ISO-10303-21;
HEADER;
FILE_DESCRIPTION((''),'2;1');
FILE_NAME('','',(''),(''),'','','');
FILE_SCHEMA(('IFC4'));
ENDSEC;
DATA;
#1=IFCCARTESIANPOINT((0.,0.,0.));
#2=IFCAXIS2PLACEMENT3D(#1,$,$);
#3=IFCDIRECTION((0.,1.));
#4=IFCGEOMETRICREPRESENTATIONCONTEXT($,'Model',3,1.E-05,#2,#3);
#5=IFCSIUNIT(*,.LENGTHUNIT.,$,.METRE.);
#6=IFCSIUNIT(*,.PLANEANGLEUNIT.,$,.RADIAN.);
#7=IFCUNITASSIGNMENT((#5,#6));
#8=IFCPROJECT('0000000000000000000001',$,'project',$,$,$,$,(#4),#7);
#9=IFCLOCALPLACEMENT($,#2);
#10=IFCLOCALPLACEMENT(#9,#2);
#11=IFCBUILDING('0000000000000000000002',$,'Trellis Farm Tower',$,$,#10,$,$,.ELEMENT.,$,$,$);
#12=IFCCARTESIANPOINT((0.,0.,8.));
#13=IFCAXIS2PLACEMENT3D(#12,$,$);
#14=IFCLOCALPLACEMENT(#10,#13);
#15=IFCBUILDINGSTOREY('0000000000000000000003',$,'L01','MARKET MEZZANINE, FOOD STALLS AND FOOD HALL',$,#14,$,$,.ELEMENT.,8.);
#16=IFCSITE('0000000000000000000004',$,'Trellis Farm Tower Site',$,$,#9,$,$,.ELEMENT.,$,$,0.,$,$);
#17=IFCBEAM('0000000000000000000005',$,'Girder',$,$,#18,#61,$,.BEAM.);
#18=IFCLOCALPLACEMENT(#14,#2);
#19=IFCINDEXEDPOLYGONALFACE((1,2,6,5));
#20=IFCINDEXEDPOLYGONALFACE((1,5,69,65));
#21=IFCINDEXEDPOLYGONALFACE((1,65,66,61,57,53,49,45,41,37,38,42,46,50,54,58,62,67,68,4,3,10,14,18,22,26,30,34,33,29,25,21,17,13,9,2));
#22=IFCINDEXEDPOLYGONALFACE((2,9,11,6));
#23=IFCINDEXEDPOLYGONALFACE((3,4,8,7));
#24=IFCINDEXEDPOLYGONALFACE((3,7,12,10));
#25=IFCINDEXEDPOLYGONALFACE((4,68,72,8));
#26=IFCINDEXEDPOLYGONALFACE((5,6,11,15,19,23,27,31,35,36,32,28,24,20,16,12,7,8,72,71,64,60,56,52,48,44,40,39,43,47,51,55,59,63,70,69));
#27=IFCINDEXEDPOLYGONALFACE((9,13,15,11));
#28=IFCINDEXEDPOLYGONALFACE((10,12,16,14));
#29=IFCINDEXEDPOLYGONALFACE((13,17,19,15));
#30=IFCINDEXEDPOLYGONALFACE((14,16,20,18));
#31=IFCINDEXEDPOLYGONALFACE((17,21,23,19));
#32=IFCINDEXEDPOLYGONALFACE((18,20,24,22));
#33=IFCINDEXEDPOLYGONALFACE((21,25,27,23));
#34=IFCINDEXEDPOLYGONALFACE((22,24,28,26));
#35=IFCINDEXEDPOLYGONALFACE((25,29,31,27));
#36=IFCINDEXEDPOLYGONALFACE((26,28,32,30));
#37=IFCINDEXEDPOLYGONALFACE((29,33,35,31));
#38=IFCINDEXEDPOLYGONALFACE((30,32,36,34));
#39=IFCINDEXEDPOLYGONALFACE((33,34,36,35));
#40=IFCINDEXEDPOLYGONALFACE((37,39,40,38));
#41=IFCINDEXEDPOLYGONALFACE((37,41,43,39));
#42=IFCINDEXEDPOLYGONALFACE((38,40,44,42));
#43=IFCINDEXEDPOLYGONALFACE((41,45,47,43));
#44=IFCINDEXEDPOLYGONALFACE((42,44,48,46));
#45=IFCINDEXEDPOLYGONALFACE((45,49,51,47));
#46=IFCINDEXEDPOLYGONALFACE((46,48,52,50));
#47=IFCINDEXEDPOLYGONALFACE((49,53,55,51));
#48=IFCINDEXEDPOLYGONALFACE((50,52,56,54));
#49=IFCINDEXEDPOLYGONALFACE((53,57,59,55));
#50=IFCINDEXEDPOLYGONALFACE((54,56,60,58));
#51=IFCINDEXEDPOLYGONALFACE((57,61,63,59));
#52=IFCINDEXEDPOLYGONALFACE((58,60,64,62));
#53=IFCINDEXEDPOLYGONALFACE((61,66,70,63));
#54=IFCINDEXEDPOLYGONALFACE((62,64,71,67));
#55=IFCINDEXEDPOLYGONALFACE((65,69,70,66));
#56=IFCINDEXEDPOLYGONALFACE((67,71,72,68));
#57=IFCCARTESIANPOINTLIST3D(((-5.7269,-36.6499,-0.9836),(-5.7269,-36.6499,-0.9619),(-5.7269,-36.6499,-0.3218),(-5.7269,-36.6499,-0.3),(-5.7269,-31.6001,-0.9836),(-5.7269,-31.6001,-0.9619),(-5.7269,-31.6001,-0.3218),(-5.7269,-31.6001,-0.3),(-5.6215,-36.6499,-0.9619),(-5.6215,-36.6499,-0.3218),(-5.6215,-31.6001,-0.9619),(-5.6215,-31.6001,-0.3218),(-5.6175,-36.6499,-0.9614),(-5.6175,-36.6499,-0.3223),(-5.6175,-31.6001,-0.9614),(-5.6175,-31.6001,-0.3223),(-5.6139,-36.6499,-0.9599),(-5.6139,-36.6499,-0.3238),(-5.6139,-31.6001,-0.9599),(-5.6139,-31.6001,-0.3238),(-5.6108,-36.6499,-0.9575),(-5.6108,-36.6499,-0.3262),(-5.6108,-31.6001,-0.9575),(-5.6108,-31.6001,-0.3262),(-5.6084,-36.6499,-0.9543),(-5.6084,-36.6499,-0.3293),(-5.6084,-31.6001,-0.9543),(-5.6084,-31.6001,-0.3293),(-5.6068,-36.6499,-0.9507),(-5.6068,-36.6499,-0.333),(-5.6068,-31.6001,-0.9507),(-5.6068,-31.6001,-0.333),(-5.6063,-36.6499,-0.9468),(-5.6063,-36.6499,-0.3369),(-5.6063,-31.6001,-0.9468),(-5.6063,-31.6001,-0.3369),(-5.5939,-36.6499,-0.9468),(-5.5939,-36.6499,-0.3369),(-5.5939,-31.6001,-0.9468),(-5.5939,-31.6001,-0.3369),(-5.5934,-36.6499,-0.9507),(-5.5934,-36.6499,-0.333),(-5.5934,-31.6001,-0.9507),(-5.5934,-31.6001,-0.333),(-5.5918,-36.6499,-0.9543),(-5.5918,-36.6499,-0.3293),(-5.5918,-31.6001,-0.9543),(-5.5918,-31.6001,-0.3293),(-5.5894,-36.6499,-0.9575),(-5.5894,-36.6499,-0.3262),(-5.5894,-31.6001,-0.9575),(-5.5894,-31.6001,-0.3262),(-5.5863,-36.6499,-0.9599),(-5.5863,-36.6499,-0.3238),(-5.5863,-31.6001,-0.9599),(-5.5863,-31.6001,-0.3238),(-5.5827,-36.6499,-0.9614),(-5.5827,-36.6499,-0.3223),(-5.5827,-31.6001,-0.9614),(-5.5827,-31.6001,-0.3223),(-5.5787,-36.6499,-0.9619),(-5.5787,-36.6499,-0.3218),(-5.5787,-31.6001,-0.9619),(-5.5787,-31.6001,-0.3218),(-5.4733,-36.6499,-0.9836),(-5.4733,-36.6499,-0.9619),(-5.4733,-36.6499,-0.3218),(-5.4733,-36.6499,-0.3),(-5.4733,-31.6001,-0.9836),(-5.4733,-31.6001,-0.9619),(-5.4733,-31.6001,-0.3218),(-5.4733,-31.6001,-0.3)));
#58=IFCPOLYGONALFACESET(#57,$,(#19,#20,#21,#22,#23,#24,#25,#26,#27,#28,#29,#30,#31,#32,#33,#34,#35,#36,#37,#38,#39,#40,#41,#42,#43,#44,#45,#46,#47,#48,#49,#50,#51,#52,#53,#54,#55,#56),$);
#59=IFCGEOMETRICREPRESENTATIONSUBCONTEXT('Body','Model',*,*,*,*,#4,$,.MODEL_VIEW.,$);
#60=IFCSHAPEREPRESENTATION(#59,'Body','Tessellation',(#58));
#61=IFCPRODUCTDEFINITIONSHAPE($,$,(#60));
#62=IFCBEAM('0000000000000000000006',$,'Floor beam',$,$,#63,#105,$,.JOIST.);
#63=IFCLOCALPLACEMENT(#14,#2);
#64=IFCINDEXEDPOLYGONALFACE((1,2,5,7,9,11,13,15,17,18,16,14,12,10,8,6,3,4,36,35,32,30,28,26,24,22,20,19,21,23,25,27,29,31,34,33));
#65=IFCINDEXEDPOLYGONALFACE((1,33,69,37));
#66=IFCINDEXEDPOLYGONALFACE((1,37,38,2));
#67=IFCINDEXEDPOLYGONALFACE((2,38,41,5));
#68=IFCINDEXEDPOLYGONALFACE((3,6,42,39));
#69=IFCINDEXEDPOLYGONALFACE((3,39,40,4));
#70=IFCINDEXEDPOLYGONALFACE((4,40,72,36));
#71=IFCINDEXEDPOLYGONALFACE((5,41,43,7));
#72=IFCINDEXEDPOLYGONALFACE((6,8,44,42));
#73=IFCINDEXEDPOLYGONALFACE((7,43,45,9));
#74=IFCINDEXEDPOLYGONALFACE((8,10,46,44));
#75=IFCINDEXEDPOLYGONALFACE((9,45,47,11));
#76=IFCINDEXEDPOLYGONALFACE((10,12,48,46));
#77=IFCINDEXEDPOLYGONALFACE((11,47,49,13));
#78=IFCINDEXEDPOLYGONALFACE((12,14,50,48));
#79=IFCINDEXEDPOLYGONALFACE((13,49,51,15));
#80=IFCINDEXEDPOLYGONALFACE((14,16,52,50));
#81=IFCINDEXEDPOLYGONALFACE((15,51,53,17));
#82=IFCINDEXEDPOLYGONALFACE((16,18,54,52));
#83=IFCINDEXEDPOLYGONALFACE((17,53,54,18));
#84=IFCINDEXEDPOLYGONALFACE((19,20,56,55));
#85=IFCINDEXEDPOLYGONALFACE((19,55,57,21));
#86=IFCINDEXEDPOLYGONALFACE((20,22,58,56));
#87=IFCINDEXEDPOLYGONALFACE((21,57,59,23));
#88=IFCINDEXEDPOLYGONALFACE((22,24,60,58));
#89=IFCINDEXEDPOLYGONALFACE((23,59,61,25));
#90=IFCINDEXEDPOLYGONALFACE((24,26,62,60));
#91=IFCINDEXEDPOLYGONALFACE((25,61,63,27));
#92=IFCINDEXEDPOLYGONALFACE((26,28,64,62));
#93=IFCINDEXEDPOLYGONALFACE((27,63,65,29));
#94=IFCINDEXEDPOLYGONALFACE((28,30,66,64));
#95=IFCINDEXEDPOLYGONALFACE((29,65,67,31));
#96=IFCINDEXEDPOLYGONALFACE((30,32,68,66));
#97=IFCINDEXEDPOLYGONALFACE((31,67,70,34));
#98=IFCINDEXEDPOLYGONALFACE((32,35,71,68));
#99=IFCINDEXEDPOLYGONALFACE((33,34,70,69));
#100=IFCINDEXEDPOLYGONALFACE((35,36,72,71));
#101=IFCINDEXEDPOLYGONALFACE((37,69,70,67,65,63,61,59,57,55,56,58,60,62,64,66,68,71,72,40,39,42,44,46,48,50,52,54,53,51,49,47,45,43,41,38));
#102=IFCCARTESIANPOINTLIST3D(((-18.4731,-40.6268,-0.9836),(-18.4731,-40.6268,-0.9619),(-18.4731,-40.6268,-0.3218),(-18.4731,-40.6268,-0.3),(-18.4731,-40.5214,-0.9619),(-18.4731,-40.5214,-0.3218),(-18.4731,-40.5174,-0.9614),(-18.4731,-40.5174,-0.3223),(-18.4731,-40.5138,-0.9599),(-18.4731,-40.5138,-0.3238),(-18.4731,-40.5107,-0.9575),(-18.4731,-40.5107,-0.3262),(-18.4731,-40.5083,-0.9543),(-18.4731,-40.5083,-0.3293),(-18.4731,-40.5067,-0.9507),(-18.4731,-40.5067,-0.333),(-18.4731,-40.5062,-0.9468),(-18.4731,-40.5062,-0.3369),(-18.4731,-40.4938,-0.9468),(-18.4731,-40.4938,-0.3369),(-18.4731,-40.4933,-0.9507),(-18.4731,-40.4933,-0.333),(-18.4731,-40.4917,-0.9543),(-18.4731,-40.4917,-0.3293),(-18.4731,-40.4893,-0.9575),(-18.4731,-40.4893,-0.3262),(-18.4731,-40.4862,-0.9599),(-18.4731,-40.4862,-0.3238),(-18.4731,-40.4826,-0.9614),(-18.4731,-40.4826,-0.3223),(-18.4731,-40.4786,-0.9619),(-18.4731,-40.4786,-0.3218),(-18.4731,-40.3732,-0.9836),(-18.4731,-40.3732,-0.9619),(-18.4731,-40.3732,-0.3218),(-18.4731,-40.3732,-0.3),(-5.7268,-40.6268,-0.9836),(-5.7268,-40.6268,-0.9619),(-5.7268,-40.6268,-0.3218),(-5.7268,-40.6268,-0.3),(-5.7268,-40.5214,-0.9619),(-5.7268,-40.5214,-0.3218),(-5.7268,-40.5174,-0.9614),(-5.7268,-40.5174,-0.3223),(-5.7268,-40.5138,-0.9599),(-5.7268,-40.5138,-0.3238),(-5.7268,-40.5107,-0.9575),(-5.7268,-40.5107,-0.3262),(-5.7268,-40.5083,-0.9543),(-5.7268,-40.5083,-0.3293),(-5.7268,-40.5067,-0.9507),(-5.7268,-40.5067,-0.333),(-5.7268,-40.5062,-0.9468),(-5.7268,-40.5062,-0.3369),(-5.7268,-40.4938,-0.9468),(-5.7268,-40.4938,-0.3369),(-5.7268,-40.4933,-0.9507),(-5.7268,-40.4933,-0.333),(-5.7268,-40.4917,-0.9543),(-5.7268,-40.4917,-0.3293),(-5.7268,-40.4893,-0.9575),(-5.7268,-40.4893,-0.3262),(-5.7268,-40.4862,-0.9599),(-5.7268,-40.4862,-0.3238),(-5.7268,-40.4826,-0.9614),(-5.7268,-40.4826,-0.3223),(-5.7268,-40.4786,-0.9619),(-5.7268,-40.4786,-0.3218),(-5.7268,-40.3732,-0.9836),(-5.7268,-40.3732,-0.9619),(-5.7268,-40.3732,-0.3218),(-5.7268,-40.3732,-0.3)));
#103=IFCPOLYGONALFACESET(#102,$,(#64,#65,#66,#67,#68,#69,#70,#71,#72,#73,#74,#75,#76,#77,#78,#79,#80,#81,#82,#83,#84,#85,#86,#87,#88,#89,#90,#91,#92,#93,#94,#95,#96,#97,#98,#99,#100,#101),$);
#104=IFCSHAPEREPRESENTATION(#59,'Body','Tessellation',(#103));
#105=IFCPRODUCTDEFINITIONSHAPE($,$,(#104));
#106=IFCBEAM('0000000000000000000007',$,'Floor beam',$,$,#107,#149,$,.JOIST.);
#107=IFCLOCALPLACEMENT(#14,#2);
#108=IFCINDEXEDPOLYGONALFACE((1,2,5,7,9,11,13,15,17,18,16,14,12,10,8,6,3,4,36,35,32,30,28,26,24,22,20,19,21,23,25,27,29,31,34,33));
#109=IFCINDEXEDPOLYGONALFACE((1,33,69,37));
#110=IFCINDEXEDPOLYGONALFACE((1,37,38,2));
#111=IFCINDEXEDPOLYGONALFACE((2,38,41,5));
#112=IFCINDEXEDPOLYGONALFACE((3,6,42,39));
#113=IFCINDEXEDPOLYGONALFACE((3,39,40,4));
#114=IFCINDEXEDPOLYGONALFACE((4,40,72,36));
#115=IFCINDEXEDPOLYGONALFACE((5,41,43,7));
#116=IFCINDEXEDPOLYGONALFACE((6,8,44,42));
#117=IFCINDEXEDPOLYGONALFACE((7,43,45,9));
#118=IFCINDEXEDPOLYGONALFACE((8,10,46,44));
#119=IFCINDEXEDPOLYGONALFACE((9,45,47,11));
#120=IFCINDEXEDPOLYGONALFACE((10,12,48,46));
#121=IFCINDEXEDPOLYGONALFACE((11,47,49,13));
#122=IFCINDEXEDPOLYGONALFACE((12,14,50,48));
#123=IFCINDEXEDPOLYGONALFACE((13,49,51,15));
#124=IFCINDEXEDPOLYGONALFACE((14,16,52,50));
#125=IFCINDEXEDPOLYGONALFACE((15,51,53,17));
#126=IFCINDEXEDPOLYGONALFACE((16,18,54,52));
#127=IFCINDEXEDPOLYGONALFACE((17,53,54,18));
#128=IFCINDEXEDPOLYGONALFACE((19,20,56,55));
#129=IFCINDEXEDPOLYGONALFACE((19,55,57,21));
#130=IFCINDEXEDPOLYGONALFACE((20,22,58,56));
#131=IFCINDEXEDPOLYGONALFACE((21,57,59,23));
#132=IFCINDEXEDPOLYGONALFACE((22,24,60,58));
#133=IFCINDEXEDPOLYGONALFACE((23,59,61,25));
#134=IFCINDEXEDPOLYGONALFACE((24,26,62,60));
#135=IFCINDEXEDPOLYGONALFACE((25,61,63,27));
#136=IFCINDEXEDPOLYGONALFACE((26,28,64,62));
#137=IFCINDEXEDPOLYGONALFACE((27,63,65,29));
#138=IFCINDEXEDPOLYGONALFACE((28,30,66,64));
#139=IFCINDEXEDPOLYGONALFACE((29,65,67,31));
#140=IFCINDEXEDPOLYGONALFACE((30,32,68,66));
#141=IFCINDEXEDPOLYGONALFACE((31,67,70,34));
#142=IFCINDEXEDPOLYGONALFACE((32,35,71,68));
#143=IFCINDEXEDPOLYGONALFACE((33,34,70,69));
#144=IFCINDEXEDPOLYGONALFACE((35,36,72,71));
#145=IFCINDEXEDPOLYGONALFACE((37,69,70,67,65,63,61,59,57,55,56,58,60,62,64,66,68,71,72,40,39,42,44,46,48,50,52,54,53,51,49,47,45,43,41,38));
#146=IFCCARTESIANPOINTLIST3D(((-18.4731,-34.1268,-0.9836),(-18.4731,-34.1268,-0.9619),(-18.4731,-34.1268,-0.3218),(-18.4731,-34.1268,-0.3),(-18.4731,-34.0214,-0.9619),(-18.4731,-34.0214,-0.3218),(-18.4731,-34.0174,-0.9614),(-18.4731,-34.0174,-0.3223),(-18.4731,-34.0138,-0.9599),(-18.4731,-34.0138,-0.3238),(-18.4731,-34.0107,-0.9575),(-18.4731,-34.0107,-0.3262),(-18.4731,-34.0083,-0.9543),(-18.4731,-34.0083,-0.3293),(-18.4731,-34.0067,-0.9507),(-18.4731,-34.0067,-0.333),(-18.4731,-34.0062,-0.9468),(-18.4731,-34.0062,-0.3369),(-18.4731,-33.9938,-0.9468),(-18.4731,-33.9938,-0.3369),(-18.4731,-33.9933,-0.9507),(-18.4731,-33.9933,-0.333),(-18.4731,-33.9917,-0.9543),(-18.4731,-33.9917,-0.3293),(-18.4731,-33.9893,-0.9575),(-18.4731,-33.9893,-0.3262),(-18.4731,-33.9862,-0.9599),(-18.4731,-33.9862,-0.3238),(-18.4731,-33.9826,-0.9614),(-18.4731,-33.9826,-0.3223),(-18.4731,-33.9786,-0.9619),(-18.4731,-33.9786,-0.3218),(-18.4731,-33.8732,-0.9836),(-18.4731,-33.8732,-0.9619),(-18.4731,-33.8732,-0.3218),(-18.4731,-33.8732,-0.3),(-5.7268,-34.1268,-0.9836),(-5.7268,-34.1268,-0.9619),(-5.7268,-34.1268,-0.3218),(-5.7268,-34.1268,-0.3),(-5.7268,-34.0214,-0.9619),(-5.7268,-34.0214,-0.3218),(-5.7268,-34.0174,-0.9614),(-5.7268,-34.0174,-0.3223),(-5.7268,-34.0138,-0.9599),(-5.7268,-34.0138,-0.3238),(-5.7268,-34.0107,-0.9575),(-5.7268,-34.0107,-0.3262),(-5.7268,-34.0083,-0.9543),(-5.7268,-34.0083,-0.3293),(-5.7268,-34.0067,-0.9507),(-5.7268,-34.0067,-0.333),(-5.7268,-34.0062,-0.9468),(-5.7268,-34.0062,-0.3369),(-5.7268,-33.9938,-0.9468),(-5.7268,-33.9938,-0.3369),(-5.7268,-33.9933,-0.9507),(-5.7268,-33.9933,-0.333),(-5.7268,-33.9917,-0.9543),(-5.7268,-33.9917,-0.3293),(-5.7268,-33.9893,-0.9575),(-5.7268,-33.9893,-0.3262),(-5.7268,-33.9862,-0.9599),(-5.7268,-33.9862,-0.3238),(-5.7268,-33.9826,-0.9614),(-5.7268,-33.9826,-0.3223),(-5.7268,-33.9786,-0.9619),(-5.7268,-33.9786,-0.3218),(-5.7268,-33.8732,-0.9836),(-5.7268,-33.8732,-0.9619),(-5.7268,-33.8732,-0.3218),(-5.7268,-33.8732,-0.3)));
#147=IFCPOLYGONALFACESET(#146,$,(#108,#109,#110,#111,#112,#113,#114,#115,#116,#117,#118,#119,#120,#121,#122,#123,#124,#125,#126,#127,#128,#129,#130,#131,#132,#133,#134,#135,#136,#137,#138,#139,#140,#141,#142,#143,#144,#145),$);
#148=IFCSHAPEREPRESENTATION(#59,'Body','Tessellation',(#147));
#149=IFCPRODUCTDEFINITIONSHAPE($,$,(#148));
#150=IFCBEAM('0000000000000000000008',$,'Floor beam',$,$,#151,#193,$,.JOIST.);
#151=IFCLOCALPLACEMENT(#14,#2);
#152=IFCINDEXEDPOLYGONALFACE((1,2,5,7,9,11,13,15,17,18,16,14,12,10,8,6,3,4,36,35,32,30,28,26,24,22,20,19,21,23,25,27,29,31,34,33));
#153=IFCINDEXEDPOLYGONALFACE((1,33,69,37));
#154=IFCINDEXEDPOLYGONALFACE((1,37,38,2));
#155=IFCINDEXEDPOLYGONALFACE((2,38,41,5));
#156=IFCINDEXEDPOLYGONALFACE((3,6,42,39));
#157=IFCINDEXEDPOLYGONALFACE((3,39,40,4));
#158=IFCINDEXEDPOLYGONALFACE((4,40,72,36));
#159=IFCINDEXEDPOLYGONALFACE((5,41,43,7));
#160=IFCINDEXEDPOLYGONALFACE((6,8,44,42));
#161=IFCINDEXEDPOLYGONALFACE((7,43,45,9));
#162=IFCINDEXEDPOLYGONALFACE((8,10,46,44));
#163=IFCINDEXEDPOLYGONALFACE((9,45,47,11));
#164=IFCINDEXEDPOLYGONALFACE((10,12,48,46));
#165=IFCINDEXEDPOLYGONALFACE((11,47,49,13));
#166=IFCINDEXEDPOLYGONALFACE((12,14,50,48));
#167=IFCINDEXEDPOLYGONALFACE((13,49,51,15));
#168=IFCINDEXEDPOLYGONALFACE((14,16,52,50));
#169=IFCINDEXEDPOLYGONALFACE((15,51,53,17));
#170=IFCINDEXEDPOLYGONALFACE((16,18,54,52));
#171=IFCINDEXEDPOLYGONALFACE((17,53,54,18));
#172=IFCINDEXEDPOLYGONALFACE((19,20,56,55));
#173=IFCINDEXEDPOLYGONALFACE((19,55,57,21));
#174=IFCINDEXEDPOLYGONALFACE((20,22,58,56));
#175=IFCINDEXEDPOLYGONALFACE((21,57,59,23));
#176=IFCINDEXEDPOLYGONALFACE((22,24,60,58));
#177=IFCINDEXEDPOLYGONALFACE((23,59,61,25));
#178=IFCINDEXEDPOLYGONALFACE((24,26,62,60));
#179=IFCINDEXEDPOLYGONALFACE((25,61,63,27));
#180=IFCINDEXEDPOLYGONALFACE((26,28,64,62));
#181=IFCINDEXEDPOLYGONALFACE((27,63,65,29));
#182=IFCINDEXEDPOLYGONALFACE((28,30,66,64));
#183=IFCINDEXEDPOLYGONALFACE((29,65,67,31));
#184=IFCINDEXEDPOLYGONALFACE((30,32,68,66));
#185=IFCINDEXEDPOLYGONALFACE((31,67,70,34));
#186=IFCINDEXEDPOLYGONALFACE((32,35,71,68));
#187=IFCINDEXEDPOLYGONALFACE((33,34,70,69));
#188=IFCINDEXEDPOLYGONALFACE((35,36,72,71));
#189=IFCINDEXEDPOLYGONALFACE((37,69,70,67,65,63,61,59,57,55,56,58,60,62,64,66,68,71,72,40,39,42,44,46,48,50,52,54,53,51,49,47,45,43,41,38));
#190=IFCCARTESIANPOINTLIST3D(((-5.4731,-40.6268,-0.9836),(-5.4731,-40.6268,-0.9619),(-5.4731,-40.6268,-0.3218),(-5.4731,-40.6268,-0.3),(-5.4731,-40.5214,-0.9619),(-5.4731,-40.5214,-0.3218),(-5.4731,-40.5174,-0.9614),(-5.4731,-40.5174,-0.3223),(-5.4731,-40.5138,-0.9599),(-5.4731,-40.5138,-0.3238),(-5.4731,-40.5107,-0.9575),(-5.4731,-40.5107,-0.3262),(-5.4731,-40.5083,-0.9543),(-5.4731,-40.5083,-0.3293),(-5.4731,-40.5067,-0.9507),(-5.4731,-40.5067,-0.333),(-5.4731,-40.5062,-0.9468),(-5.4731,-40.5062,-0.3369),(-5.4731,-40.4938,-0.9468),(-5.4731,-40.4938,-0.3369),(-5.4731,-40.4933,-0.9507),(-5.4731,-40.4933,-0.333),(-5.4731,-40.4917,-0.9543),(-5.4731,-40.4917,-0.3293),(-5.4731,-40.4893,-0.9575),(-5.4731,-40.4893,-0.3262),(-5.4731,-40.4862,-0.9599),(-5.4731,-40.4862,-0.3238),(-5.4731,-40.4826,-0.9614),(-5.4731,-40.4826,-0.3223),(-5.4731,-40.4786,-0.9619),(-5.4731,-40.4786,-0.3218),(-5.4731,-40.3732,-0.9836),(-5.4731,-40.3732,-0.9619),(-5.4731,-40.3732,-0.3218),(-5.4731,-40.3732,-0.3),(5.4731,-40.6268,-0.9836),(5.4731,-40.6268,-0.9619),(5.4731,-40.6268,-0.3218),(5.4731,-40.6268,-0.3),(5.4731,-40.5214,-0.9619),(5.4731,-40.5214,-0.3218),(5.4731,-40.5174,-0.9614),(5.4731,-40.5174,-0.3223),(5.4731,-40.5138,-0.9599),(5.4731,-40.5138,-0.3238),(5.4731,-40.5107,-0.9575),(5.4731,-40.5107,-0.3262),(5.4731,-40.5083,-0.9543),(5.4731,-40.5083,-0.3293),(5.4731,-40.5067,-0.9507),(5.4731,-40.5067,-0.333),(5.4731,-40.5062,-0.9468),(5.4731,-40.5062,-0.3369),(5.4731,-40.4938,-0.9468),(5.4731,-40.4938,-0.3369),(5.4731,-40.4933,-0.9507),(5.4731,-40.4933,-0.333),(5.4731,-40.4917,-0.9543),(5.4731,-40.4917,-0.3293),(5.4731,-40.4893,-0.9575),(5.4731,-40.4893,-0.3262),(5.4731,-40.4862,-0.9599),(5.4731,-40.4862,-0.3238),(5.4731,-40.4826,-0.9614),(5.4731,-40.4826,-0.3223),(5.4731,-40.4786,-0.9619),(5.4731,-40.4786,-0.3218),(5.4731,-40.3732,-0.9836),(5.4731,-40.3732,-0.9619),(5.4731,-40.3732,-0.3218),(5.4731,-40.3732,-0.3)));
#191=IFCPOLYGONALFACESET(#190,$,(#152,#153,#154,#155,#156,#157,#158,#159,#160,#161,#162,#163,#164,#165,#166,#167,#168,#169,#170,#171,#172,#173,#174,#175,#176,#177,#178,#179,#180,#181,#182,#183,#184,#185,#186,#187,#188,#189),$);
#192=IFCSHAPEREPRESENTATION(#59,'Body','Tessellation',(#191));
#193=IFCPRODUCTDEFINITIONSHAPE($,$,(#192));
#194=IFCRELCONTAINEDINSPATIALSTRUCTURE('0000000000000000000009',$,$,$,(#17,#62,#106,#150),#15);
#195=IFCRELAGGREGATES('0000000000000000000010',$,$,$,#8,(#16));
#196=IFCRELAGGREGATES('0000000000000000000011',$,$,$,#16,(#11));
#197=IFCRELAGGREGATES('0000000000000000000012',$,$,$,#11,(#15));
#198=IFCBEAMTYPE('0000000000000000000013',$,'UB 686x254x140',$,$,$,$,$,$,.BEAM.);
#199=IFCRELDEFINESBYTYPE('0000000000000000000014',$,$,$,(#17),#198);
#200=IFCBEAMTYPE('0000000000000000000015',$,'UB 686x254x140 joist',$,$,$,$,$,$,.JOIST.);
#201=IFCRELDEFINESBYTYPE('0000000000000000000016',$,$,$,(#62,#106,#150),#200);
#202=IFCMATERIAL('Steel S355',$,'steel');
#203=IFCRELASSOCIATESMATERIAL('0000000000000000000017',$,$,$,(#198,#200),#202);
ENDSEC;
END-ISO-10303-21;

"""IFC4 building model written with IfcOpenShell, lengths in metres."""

from ifc_helpers import new_model, si_unit, direction, frame, origin, origin_2d, place, context, subcontext, project, spatial, i_section, extrude, source, transform, mapped, material, material_profile, profile_set, type_object, element, save


model = new_model("IFC4")

# Units and contexts
model_context = context("Model", 3, precision=1e-05, world=origin(), true_north=direction((0.0, 1.0)))
body_context = subcontext(model_context, "Body", "Model", "MODEL_VIEW")
ifc_project = project(units=[si_unit("LENGTHUNIT", "METRE"), si_unit("PLANEANGLEUNIT", "RADIAN")], contexts=[model_context])

# Site, building, storey
site_placement = place(None, origin())
site = spatial("IfcSite", under=ifc_project, at=site_placement, Name="Trellis Farm Tower Site", CompositionType="ELEMENT", RefElevation=0.0)
building_placement = place(site_placement, origin())
building = spatial("IfcBuilding", under=site, at=building_placement, Name="Trellis Farm Tower", CompositionType="ELEMENT")
storey_placement = place(building_placement, frame((0.0, 0.0, 8.0)))
storey = spatial("IfcBuildingStorey", under=building, at=storey_placement, Name="L01", Description="MARKET MEZZANINE, FOOD STALLS AND FOOD HALL", CompositionType="ELEMENT", Elevation=8.0)

# Beams
ifc_material_1 = material(Name="Steel S355", Category="steel")
ifc_material_profile_1 = material_profile(ifc_material_1, i_section(OverallWidth=0.2537, OverallDepth=0.6836, WebThickness=0.0125, FlangeThickness=0.0217, FilletRadius=0.0151, at=origin_2d()), Name="UB 686x254x140")
ifc_profile_set_1 = profile_set([ifc_material_profile_1], Name="Steel S355")
beam_type_1 = type_object("IfcBeamType", Name="UB 686x254x140", PredefinedType="BEAM", material=ifc_profile_set_1)
shared_shape_1 = source(origin(), body_context, "Body", "SweptSolid", [
    extrude(i_section(OverallWidth=0.2537, OverallDepth=0.6836, WebThickness=0.0125, FlangeThickness=0.0217, FilletRadius=0.0151, at=origin_2d()), origin(), (0.0, 0.0, 1.0), 5.0498),
])
beam_placement = place(storey_placement, frame((-5.6001, -36.6499, -0.6418), z_axis=(0.0, 1.0, 0.0), x_axis=(-1.0, 0.0, 0.0)))
element("IfcBeam", 1, at=beam_placement, inside=storey, type_object=beam_type_1, Name="Girder", PredefinedType="BEAM", context=body_context, shape_type="MappedRepresentation", body=[
    mapped(shared_shape_1, transform((0.0, 0.0, 0.0))),
])
ifc_material_profile_2 = material_profile(ifc_material_1, i_section(OverallWidth=0.2537, OverallDepth=0.6836, WebThickness=0.0125, FlangeThickness=0.0217, FilletRadius=0.0151, at=origin_2d()), Name="UB 686x254x140")
ifc_profile_set_2 = profile_set([ifc_material_profile_2], Name="Steel S355")
beam_type_2 = type_object("IfcBeamType", Name="UB 686x254x140 joist", PredefinedType="JOIST", material=ifc_profile_set_2)
shared_shape_2 = source(origin(), body_context, "Body", "SweptSolid", [
    extrude(i_section(OverallWidth=0.2537, OverallDepth=0.6836, WebThickness=0.0125, FlangeThickness=0.0217, FilletRadius=0.0151, at=origin_2d()), origin(), (0.0, 0.0, 1.0), 12.7463),
])
for number, where, z_axis, x_axis, name in (
    (2, (-18.4731, -40.5, -0.6418), (1.0, 0.0, 0.0), (0.0, 1.0, 0.0), "Floor beam"),
    (3, (-18.4731, -34.0, -0.6418), (1.0, 0.0, 0.0), (0.0, 1.0, 0.0), "Floor beam"),
):
    element("IfcBeam", number, at=place(storey_placement, frame(where, z_axis=z_axis, x_axis=x_axis)), inside=storey, type_object=beam_type_2, Name=name, PredefinedType="JOIST", context=body_context, shape_type="MappedRepresentation", body=[
        mapped(shared_shape_2, transform((0.0, 0.0, 0.0))),
    ])
shared_shape_3 = source(origin(), body_context, "Body", "SweptSolid", [
    extrude(i_section(OverallWidth=0.2537, OverallDepth=0.6836, WebThickness=0.0125, FlangeThickness=0.0217, FilletRadius=0.0151, at=origin_2d()), origin(), (0.0, 0.0, 1.0), 10.9463),
])
for number, where, z_axis, x_axis, name in (
    (4, (-5.4731, -40.5, -0.6418), (1.0, 0.0, 0.0), (0.0, 1.0, 0.0), "Floor beam"),
):
    element("IfcBeam", number, at=place(storey_placement, frame(where, z_axis=z_axis, x_axis=x_axis)), inside=storey, type_object=beam_type_2, Name=name, PredefinedType="JOIST", context=body_context, shape_type="MappedRepresentation", body=[
        mapped(shared_shape_3, transform((0.0, 0.0, 0.0))),
    ])

save(model, "model.ifc")
